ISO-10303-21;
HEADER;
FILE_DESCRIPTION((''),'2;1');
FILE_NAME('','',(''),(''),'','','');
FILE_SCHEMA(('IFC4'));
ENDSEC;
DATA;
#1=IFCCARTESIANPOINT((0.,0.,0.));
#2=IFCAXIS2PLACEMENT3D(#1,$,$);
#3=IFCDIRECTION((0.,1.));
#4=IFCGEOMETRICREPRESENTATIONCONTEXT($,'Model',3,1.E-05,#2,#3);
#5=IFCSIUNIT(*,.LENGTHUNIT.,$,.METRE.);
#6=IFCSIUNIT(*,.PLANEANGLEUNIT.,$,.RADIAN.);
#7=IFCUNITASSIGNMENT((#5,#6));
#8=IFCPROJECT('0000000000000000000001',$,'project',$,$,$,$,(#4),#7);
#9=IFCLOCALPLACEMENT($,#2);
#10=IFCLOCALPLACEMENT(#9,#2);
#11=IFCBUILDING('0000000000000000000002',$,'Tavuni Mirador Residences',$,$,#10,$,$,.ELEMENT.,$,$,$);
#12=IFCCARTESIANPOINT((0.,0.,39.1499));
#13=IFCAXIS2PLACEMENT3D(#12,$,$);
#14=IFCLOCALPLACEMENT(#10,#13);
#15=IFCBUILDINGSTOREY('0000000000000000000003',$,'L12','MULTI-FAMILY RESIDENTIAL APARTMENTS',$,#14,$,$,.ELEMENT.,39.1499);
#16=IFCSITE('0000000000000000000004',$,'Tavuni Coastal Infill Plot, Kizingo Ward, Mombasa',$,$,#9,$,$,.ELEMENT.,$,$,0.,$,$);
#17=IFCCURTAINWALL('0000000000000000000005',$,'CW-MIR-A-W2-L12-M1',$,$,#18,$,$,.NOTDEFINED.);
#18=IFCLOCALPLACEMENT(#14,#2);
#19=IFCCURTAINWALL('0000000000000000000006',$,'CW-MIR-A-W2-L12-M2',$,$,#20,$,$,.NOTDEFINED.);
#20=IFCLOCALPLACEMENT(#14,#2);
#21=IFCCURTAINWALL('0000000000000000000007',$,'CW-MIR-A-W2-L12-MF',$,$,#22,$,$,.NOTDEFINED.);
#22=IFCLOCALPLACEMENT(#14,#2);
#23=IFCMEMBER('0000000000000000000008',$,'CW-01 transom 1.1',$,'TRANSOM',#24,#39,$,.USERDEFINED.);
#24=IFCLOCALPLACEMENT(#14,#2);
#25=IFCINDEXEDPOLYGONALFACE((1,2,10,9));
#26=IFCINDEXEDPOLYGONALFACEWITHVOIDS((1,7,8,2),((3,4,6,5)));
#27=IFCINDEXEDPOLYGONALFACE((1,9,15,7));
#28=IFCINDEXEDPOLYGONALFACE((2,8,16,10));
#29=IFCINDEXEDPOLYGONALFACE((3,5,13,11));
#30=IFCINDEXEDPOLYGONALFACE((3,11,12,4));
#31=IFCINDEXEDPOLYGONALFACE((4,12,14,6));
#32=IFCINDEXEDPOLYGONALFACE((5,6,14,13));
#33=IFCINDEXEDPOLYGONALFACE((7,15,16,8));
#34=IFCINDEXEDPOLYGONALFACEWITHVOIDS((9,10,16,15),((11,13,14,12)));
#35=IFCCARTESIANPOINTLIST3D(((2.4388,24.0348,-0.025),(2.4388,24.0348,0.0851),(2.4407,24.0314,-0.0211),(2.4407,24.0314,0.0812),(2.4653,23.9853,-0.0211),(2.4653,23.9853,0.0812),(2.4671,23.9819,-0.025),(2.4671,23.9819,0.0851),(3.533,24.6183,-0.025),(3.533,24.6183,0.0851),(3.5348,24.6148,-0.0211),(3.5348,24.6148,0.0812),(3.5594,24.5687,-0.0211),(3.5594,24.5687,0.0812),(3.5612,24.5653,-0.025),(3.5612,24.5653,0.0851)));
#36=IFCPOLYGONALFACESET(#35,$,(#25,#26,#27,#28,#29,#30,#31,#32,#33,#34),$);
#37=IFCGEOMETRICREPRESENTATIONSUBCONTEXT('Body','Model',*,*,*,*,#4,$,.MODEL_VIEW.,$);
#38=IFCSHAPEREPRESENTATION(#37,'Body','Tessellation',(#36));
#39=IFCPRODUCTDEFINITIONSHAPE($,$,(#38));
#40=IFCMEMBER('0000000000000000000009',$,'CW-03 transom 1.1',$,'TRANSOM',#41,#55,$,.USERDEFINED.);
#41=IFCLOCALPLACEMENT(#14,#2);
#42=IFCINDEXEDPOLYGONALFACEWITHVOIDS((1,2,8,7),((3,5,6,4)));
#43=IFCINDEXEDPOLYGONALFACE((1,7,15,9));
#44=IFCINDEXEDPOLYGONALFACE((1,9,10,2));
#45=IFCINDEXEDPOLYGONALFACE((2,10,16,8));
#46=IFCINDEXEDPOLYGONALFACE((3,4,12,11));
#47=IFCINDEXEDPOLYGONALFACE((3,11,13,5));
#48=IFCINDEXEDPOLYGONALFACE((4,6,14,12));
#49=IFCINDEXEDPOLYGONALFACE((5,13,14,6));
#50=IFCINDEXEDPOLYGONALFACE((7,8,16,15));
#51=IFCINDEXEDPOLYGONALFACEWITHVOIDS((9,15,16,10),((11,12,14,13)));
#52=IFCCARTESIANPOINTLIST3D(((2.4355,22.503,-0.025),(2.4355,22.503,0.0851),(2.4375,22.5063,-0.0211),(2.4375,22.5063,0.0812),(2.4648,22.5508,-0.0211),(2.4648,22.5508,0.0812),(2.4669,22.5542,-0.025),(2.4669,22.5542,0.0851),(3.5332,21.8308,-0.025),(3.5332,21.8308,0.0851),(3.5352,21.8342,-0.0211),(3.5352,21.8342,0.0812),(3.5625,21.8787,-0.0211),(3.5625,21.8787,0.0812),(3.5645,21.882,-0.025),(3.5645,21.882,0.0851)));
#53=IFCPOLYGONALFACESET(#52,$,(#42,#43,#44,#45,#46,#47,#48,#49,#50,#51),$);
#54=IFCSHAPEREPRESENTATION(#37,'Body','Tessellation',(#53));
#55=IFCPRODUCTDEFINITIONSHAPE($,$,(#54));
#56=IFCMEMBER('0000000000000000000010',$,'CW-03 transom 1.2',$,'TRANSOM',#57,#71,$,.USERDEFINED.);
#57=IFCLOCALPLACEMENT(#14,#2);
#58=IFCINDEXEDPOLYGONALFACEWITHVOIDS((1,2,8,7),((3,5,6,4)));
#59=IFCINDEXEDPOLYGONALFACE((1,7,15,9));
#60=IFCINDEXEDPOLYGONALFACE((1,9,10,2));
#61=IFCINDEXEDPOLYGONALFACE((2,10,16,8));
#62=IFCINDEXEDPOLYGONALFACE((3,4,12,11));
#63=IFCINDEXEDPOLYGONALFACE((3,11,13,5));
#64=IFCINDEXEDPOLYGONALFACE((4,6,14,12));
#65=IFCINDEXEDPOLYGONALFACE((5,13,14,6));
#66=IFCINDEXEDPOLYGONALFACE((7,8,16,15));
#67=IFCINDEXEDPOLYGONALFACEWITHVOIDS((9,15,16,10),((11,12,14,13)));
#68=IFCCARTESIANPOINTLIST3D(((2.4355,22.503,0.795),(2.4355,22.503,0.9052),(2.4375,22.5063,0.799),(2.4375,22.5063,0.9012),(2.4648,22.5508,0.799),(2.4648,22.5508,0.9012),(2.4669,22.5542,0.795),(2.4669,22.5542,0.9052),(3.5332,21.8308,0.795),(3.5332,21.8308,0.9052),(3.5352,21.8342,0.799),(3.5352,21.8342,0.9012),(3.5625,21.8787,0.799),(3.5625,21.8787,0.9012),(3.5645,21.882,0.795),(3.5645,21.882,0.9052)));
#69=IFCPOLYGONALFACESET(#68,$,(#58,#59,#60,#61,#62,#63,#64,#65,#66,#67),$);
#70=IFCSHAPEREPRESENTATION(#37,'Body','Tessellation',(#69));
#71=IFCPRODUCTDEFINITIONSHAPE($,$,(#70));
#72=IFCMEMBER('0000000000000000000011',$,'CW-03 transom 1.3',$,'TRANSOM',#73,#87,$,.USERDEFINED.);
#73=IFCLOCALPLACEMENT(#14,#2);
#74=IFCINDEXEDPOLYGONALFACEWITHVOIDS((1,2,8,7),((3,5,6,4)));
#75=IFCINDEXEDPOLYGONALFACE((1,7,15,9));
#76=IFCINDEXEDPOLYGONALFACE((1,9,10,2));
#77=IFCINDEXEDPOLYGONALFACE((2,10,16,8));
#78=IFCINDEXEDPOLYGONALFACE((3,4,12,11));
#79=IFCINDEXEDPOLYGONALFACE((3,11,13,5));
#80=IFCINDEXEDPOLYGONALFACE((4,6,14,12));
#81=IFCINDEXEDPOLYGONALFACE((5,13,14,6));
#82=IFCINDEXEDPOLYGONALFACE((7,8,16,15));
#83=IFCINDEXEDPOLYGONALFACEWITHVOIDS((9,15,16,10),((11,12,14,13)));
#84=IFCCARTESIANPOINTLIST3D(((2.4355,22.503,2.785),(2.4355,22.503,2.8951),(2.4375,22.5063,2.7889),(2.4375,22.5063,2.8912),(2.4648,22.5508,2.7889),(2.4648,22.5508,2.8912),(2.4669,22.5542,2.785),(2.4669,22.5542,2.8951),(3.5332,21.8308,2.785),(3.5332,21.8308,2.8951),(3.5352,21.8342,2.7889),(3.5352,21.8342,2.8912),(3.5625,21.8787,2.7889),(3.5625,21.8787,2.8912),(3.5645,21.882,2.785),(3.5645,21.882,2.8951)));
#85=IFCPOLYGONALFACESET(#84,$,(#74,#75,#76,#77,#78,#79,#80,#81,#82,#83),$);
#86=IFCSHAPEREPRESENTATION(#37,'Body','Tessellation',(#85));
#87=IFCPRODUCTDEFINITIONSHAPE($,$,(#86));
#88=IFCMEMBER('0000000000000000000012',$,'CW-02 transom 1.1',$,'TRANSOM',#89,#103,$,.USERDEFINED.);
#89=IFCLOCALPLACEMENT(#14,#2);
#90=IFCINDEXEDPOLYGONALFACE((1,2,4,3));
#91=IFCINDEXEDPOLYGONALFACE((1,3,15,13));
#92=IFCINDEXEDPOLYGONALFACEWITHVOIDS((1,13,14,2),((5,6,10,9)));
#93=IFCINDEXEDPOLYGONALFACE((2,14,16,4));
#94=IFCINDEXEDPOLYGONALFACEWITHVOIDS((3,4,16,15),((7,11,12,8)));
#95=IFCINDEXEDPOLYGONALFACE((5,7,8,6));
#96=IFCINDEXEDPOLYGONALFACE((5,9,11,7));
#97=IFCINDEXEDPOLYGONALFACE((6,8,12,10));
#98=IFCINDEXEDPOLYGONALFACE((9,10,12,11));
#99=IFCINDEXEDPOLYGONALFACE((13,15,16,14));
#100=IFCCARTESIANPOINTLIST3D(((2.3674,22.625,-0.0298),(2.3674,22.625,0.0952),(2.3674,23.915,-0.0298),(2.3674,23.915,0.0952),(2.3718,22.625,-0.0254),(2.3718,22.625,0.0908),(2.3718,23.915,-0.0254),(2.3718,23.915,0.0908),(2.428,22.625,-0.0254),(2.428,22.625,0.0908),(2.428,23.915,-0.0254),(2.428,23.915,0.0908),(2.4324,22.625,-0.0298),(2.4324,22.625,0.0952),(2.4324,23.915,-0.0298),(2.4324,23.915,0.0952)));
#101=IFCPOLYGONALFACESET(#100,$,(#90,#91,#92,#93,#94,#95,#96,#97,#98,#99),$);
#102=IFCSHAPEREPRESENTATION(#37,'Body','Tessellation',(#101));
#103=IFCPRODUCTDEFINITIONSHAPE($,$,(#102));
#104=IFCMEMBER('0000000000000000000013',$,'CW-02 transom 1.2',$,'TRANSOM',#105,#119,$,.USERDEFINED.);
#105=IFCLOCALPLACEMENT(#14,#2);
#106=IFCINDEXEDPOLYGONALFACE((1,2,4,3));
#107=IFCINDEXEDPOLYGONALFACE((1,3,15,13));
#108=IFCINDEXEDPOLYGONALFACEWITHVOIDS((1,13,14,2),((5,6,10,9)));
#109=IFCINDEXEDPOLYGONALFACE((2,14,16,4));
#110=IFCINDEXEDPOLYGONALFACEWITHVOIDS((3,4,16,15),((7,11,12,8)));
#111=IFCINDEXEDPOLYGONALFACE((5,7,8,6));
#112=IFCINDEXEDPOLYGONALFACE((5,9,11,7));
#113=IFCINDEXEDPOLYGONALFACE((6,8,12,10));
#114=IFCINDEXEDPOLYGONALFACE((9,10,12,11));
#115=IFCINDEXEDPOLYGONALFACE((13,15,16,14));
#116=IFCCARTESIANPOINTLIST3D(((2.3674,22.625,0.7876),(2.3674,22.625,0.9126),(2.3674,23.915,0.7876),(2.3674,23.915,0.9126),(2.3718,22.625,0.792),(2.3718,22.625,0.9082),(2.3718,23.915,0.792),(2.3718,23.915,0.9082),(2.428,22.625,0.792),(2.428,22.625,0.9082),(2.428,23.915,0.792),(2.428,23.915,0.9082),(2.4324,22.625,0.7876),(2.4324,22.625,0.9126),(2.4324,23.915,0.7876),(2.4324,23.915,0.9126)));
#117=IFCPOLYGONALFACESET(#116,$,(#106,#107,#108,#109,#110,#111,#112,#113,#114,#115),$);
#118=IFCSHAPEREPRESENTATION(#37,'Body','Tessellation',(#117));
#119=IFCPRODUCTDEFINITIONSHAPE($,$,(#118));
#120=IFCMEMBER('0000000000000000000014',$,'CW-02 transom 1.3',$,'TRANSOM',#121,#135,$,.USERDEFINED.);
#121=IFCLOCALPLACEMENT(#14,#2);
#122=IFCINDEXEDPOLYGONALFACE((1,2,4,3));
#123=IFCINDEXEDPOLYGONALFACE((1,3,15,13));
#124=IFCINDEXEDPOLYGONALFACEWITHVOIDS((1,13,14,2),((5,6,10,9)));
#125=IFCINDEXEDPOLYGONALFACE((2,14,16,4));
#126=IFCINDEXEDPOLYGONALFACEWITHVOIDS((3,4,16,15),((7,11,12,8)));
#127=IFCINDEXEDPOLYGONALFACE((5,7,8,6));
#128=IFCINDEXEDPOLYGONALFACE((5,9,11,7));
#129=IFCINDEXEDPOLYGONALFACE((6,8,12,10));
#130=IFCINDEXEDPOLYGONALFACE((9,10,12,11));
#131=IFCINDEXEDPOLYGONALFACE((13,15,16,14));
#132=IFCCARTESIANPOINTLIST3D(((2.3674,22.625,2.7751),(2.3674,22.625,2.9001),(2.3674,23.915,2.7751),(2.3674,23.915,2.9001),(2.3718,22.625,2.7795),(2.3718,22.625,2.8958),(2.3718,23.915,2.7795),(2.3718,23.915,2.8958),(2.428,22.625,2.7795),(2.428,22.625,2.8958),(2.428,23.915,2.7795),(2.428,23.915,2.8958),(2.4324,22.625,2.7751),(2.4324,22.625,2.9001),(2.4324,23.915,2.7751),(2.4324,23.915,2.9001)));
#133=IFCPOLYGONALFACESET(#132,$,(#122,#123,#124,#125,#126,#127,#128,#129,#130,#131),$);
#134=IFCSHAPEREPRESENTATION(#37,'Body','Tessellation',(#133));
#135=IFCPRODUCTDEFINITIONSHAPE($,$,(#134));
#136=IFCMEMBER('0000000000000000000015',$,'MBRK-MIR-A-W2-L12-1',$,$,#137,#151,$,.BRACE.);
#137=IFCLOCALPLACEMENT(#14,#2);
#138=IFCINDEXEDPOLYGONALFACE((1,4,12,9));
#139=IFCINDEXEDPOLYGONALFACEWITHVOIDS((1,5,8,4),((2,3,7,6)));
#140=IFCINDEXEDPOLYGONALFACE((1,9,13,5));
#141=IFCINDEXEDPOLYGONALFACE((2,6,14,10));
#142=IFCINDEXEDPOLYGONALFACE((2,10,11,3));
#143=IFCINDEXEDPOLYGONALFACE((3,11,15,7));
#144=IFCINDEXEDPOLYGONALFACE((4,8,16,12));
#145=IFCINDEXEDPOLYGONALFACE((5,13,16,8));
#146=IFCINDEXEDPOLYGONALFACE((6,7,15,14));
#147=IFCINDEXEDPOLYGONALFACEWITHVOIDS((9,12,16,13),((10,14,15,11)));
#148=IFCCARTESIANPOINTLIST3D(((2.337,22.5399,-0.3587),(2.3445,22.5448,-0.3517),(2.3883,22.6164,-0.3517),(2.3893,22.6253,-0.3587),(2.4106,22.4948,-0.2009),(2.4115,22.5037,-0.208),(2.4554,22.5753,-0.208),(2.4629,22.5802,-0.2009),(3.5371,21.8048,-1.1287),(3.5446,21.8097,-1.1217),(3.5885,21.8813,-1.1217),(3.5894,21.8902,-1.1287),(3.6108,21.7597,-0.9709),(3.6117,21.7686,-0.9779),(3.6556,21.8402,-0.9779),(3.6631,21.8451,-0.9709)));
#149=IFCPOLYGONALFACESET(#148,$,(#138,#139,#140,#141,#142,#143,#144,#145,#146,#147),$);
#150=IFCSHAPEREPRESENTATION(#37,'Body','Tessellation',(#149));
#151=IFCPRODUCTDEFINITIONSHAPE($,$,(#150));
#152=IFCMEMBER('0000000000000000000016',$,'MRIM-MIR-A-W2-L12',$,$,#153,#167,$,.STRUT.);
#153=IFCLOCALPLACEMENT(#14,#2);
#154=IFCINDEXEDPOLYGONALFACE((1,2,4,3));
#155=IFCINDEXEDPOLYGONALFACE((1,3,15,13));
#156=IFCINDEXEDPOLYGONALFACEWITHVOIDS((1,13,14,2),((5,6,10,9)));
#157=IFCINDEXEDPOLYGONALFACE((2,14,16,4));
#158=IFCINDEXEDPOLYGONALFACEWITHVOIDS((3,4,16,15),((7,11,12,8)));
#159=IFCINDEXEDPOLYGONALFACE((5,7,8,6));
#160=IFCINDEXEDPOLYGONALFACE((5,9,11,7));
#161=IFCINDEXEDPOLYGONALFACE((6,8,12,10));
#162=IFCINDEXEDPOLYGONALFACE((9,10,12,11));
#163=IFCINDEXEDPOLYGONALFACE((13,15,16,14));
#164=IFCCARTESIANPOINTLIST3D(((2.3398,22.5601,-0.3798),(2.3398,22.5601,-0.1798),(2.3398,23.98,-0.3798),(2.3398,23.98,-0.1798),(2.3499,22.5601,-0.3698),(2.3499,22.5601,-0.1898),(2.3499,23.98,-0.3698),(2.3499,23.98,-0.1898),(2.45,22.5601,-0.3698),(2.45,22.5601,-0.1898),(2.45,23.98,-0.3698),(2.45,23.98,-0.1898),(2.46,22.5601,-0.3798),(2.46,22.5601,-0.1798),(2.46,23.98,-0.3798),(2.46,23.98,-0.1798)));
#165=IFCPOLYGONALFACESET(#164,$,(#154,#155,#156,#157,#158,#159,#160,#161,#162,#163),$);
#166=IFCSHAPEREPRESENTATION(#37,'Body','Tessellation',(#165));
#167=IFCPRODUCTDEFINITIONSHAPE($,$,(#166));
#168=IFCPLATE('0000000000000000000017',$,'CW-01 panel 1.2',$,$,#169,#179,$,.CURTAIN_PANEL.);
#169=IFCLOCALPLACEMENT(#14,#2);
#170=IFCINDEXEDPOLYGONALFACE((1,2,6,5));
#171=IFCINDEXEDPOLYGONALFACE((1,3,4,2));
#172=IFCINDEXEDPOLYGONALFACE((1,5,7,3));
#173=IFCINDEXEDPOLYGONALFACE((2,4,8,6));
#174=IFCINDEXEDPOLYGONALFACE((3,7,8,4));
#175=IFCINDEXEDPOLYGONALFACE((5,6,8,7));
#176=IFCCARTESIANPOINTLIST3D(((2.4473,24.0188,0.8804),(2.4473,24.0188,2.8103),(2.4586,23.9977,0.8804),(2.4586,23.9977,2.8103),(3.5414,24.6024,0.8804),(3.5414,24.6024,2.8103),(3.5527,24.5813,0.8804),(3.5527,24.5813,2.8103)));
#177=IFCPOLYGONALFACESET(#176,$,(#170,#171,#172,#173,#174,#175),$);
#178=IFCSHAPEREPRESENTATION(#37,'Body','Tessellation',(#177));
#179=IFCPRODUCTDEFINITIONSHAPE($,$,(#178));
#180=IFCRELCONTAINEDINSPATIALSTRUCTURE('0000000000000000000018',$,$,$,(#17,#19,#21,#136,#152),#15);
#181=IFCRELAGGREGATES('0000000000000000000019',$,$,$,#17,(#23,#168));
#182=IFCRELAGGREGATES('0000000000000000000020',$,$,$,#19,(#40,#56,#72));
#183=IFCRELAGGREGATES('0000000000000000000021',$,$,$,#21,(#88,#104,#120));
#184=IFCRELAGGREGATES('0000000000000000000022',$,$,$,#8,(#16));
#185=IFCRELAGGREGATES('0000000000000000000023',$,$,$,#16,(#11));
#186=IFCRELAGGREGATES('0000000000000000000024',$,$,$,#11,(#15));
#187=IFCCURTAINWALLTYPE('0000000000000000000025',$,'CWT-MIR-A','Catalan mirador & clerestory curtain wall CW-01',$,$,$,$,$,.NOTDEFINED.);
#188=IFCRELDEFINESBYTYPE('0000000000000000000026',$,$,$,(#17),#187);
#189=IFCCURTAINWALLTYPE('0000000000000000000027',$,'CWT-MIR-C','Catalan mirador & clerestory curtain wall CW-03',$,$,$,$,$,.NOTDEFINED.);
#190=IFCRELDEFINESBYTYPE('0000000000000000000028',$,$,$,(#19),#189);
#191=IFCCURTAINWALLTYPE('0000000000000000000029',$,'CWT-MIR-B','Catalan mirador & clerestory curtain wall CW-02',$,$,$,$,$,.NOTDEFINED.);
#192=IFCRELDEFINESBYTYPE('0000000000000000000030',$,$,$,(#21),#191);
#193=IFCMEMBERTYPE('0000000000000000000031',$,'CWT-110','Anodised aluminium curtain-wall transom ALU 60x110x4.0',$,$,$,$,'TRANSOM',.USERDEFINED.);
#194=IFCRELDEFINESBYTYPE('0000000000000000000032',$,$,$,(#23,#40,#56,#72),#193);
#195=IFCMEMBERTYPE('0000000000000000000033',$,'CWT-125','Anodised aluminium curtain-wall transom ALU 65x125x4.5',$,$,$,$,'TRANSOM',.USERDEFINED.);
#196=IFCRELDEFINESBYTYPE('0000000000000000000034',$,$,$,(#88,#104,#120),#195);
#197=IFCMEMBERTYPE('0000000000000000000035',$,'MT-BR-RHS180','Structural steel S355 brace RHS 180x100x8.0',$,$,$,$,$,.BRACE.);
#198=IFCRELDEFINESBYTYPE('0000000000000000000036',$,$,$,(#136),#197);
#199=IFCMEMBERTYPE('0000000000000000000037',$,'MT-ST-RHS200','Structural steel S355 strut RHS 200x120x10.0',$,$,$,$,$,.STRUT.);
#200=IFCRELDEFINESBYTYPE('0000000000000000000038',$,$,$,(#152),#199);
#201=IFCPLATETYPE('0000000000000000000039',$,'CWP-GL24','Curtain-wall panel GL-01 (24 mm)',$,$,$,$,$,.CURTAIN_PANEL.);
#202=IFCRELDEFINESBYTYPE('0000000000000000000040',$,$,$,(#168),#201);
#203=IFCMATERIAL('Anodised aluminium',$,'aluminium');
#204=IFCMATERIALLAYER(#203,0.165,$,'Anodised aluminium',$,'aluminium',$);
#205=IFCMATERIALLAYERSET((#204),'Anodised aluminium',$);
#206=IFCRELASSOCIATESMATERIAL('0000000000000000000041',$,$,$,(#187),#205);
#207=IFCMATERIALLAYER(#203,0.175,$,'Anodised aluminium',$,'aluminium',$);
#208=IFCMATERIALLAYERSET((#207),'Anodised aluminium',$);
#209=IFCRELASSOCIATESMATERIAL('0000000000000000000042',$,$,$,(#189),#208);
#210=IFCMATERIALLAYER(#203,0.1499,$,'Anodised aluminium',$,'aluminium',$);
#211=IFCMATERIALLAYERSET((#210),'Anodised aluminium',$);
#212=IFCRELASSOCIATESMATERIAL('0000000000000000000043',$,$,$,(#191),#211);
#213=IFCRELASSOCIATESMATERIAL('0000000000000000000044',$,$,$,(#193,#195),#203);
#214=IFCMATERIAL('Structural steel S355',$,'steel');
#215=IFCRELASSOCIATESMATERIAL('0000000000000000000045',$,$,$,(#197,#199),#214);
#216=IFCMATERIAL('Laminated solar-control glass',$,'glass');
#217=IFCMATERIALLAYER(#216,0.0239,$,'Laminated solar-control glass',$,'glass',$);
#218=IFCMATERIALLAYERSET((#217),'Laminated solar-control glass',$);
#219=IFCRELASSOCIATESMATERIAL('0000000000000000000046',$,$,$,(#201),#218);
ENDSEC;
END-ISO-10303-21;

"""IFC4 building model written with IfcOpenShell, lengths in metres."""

from ifc_helpers import new_model, si_unit, direction, frame, origin, origin_2d, place, context, subcontext, project, spatial, rectangle, hollow_rectangle, extrude, material, layer, layer_set, material_profile, profile_set, type_object, element, aggregate, save


model = new_model("IFC4")

# Units and contexts
model_context = context("Model", 3, precision=1e-05, world=origin(), true_north=direction((0.0, 1.0)))
body_context = subcontext(model_context, "Body", "Model", "MODEL_VIEW")
ifc_project = project(units=[si_unit("LENGTHUNIT", "METRE"), si_unit("PLANEANGLEUNIT", "RADIAN")], contexts=[model_context])

# Site, building, storey
site_placement = place(None, origin())
site = spatial("IfcSite", under=ifc_project, at=site_placement, Name="Tavuni Coastal Infill Plot, Kizingo Ward, Mombasa", CompositionType="ELEMENT", RefElevation=0.0)
building_placement = place(site_placement, origin())
building = spatial("IfcBuilding", under=site, at=building_placement, Name="Tavuni Mirador Residences", CompositionType="ELEMENT")
storey_placement = place(building_placement, frame((0.0, 0.0, 39.1499)))
storey = spatial("IfcBuildingStorey", under=building, at=storey_placement, Name="L12", Description="MULTI-FAMILY RESIDENTIAL APARTMENTS", CompositionType="ELEMENT", Elevation=39.1499)

# Curtain wall
ifc_material_1 = material(Name="Anodised aluminium", Category="aluminium")
ifc_layer_1 = layer(ifc_material_1, 0.165, Name="Anodised aluminium", Category="aluminium")
ifc_layer_set_1 = layer_set([ifc_layer_1], Name="Anodised aluminium")
curtain_wall_type_1 = type_object("IfcCurtainWallType", Name="CWT-MIR-A", Description="Catalan mirador & clerestory curtain wall CW-01", PredefinedType="NOTDEFINED", material=ifc_layer_set_1)
curtain_wall_1_placement = place(storey_placement, origin())
curtain_wall_1 = element("IfcCurtainWall", 1, at=curtain_wall_1_placement, inside=storey, type_object=curtain_wall_type_1, Name="CW-MIR-A-W2-L12-M1", PredefinedType="NOTDEFINED")

# Curtain walls
ifc_layer_2 = layer(ifc_material_1, 0.175, Name="Anodised aluminium", Category="aluminium")
ifc_layer_set_2 = layer_set([ifc_layer_2], Name="Anodised aluminium")
curtain_wall_type_2 = type_object("IfcCurtainWallType", Name="CWT-MIR-C", Description="Catalan mirador & clerestory curtain wall CW-03", PredefinedType="NOTDEFINED", material=ifc_layer_set_2)
curtain_wall_2_placement = place(storey_placement, origin())
curtain_wall_2 = element("IfcCurtainWall", 2, at=curtain_wall_2_placement, inside=storey, type_object=curtain_wall_type_2, Name="CW-MIR-A-W2-L12-M2", PredefinedType="NOTDEFINED")
ifc_layer_3 = layer(ifc_material_1, 0.1499, Name="Anodised aluminium", Category="aluminium")
ifc_layer_set_3 = layer_set([ifc_layer_3], Name="Anodised aluminium")
curtain_wall_type_3 = type_object("IfcCurtainWallType", Name="CWT-MIR-B", Description="Catalan mirador & clerestory curtain wall CW-02", PredefinedType="NOTDEFINED", material=ifc_layer_set_3)
curtain_wall_3_placement = place(storey_placement, origin())
curtain_wall_3 = element("IfcCurtainWall", 3, at=curtain_wall_3_placement, inside=storey, type_object=curtain_wall_type_3, Name="CW-MIR-A-W2-L12-MF", PredefinedType="NOTDEFINED")

# Members
ifc_material_profile_1 = material_profile(ifc_material_1, hollow_rectangle(XDim=0.0601, YDim=0.1101, WallThickness=0.0039, at=origin_2d()), Name="ALU 60x110x4.0", Category="aluminium")
ifc_profile_set_1 = profile_set([ifc_material_profile_1], Name="Anodised aluminium")
member_type_1 = type_object("IfcMemberType", Name="CWT-110", Description="Anodised aluminium curtain-wall transom ALU 60x110x4.0", ElementType="TRANSOM", PredefinedType="USERDEFINED", material=ifc_profile_set_1)
member_1_placement = place(storey_placement, frame((3.5471, 24.5918, 0.03), z_axis=(-0.882386, -0.470527, 0.0), x_axis=(0.470527, -0.882386, 0.0)))
member_1 = element("IfcMember", 4, at=member_1_placement, type_object=member_type_1, Name="CW-01 transom 1.1", ObjectType="TRANSOM", PredefinedType="USERDEFINED", context=body_context, shape_type="SweptSolid", body=[
    extrude(hollow_rectangle(XDim=0.0601, YDim=0.1101, WallThickness=0.0039, at=origin_2d()), origin(), (0.0, 0.0, 1.0), 1.24),
])
member_2_placement = place(storey_placement, frame((2.4512, 22.5286, 0.03), z_axis=(0.852822, -0.522202, 0.0), x_axis=(0.522202, 0.852822, 0.0)))
member_2 = element("IfcMember", 5, at=member_2_placement, type_object=member_type_1, Name="CW-03 transom 1.1", ObjectType="TRANSOM", PredefinedType="USERDEFINED", context=body_context, shape_type="SweptSolid", body=[
    extrude(hollow_rectangle(XDim=0.0601, YDim=0.1101, WallThickness=0.0039, at=origin_2d()), origin(), (0.0, 0.0, 1.0), 1.2871),
])
member_3_placement = place(storey_placement, frame((2.4512, 22.5286, 0.8501), z_axis=(0.852822, -0.522202, 0.0), x_axis=(0.522202, 0.852822, 0.0)))
member_3 = element("IfcMember", 6, at=member_3_placement, type_object=member_type_1, Name="CW-03 transom 1.2", ObjectType="TRANSOM", PredefinedType="USERDEFINED", context=body_context, shape_type="SweptSolid", body=[
    extrude(hollow_rectangle(XDim=0.0601, YDim=0.1101, WallThickness=0.0039, at=origin_2d()), origin(), (0.0, 0.0, 1.0), 1.2871),
])
member_4_placement = place(storey_placement, frame((2.4512, 22.5286, 2.8401), z_axis=(0.852822, -0.522202, 0.0), x_axis=(0.522202, 0.852822, 0.0)))
member_4 = element("IfcMember", 7, at=member_4_placement, type_object=member_type_1, Name="CW-03 transom 1.3", ObjectType="TRANSOM", PredefinedType="USERDEFINED", context=body_context, shape_type="SweptSolid", body=[
    extrude(hollow_rectangle(XDim=0.0601, YDim=0.1101, WallThickness=0.0039, at=origin_2d()), origin(), (0.0, 0.0, 1.0), 1.2871),
])
ifc_material_profile_2 = material_profile(ifc_material_1, hollow_rectangle(XDim=0.0649, YDim=0.125, WallThickness=0.0044, at=origin_2d()), Name="ALU 65x125x4.5", Category="aluminium")
ifc_profile_set_2 = profile_set([ifc_material_profile_2], Name="Anodised aluminium")
member_type_2 = type_object("IfcMemberType", Name="CWT-125", Description="Anodised aluminium curtain-wall transom ALU 65x125x4.5", ElementType="TRANSOM", PredefinedType="USERDEFINED", material=ifc_profile_set_2)
member_5_placement = place(storey_placement, frame((2.3999, 23.915, 0.0327), z_axis=(0.0, -1.0, 0.0), x_axis=(1.0, 0.0, 0.0)))
member_5 = element("IfcMember", 8, at=member_5_placement, type_object=member_type_2, Name="CW-02 transom 1.1", ObjectType="TRANSOM", PredefinedType="USERDEFINED", context=body_context, shape_type="SweptSolid", body=[
    extrude(hollow_rectangle(XDim=0.0649, YDim=0.125, WallThickness=0.0044, at=origin_2d()), origin(), (0.0, 0.0, 1.0), 1.29),
])
member_6_placement = place(storey_placement, frame((2.3999, 23.915, 0.8501), z_axis=(0.0, -1.0, 0.0), x_axis=(1.0, 0.0, 0.0)))
member_6 = element("IfcMember", 9, at=member_6_placement, type_object=member_type_2, Name="CW-02 transom 1.2", ObjectType="TRANSOM", PredefinedType="USERDEFINED", context=body_context, shape_type="SweptSolid", body=[
    extrude(hollow_rectangle(XDim=0.0649, YDim=0.125, WallThickness=0.0044, at=origin_2d()), origin(), (0.0, 0.0, 1.0), 1.29),
])
member_7_placement = place(storey_placement, frame((2.3999, 23.915, 2.8376), z_axis=(0.0, -1.0, 0.0), x_axis=(1.0, 0.0, 0.0)))
member_7 = element("IfcMember", 10, at=member_7_placement, type_object=member_type_2, Name="CW-02 transom 1.3", ObjectType="TRANSOM", PredefinedType="USERDEFINED", context=body_context, shape_type="SweptSolid", body=[
    extrude(hollow_rectangle(XDim=0.0649, YDim=0.125, WallThickness=0.0044, at=origin_2d()), origin(), (0.0, 0.0, 1.0), 1.29),
])

# Members
ifc_material_2 = material(Name="Structural steel S355", Category="steel")
ifc_material_profile_3 = material_profile(ifc_material_2, hollow_rectangle(XDim=0.1001, YDim=0.1799, WallThickness=0.0081, at=origin_2d()), Name="RHS 180x100x8.0", Category="steel")
ifc_profile_set_3 = profile_set([ifc_material_profile_3], Name="Structural steel S355")
member_type_3 = type_object("IfcMemberType", Name="MT-BR-RHS180", Description="Structural steel S355 brace RHS 180x100x8.0", PredefinedType="BRACE", material=ifc_profile_set_3)
member_8_placement = place(storey_placement, frame((3.6001, 21.825, -1.0498), z_axis=(-0.748111, 0.45821, 0.479972), x_axis=(-0.522306, -0.852758, 0.0)))
element("IfcMember", 11, at=member_8_placement, inside=storey, type_object=member_type_3, Name="MBRK-MIR-A-W2-L12-1", PredefinedType="BRACE", context=body_context, shape_type="SweptSolid", body=[
    extrude(hollow_rectangle(XDim=0.1001, YDim=0.1799, WallThickness=0.0081, at=origin_2d()), origin(), (0.0, 0.0, 1.0), 1.6042),
])
ifc_material_profile_4 = material_profile(ifc_material_2, hollow_rectangle(XDim=0.1201, YDim=0.2, WallThickness=0.01, at=origin_2d()), Name="RHS 200x120x10.0", Category="steel")
ifc_profile_set_4 = profile_set([ifc_material_profile_4], Name="Structural steel S355")
member_type_4 = type_object("IfcMemberType", Name="MT-ST-RHS200", Description="Structural steel S355 strut RHS 200x120x10.0", PredefinedType="STRUT", material=ifc_profile_set_4)
member_9_placement = place(storey_placement, frame((2.3999, 22.5601, -0.2798), z_axis=(0.0, 1.0, 0.0), x_axis=(-1.0, 0.0, 0.0)))
element("IfcMember", 12, at=member_9_placement, inside=storey, type_object=member_type_4, Name="MRIM-MIR-A-W2-L12", PredefinedType="STRUT", context=body_context, shape_type="SweptSolid", body=[
    extrude(hollow_rectangle(XDim=0.1201, YDim=0.2, WallThickness=0.01, at=origin_2d()), origin(), (0.0, 0.0, 1.0), 1.4199),
])

# Plate
ifc_material_3 = material(Name="Laminated solar-control glass", Category="glass")
ifc_layer_4 = layer(ifc_material_3, 0.0239, Name="Laminated solar-control glass", Category="glass")
ifc_layer_set_4 = layer_set([ifc_layer_4], Name="Laminated solar-control glass")
plate_type_1 = type_object("IfcPlateType", Name="CWP-GL24", Description="Curtain-wall panel GL-01 (24 mm)", PredefinedType="CURTAIN_PANEL", material=ifc_layer_set_4)
plate_1_placement = place(storey_placement, frame((3.0, 24.3, 0.8804), z_axis=(0.0, 0.0, 1.0), x_axis=(-0.882353, -0.470588, 0.0)))
plate_1 = element("IfcPlate", 13, at=plate_1_placement, type_object=plate_type_1, Name="CW-01 panel 1.2", PredefinedType="CURTAIN_PANEL", context=body_context, shape_type="SweptSolid", body=[
    extrude(rectangle(XDim=1.24, YDim=0.0239, at=origin_2d()), origin(), (0.0, 0.0, 1.0), 1.9299),
])
aggregate(curtain_wall_1, [member_1, plate_1])
aggregate(curtain_wall_2, [member_2, member_3, member_4])
aggregate(curtain_wall_3, [member_5, member_6, member_7])

save(model, "model.ifc")
